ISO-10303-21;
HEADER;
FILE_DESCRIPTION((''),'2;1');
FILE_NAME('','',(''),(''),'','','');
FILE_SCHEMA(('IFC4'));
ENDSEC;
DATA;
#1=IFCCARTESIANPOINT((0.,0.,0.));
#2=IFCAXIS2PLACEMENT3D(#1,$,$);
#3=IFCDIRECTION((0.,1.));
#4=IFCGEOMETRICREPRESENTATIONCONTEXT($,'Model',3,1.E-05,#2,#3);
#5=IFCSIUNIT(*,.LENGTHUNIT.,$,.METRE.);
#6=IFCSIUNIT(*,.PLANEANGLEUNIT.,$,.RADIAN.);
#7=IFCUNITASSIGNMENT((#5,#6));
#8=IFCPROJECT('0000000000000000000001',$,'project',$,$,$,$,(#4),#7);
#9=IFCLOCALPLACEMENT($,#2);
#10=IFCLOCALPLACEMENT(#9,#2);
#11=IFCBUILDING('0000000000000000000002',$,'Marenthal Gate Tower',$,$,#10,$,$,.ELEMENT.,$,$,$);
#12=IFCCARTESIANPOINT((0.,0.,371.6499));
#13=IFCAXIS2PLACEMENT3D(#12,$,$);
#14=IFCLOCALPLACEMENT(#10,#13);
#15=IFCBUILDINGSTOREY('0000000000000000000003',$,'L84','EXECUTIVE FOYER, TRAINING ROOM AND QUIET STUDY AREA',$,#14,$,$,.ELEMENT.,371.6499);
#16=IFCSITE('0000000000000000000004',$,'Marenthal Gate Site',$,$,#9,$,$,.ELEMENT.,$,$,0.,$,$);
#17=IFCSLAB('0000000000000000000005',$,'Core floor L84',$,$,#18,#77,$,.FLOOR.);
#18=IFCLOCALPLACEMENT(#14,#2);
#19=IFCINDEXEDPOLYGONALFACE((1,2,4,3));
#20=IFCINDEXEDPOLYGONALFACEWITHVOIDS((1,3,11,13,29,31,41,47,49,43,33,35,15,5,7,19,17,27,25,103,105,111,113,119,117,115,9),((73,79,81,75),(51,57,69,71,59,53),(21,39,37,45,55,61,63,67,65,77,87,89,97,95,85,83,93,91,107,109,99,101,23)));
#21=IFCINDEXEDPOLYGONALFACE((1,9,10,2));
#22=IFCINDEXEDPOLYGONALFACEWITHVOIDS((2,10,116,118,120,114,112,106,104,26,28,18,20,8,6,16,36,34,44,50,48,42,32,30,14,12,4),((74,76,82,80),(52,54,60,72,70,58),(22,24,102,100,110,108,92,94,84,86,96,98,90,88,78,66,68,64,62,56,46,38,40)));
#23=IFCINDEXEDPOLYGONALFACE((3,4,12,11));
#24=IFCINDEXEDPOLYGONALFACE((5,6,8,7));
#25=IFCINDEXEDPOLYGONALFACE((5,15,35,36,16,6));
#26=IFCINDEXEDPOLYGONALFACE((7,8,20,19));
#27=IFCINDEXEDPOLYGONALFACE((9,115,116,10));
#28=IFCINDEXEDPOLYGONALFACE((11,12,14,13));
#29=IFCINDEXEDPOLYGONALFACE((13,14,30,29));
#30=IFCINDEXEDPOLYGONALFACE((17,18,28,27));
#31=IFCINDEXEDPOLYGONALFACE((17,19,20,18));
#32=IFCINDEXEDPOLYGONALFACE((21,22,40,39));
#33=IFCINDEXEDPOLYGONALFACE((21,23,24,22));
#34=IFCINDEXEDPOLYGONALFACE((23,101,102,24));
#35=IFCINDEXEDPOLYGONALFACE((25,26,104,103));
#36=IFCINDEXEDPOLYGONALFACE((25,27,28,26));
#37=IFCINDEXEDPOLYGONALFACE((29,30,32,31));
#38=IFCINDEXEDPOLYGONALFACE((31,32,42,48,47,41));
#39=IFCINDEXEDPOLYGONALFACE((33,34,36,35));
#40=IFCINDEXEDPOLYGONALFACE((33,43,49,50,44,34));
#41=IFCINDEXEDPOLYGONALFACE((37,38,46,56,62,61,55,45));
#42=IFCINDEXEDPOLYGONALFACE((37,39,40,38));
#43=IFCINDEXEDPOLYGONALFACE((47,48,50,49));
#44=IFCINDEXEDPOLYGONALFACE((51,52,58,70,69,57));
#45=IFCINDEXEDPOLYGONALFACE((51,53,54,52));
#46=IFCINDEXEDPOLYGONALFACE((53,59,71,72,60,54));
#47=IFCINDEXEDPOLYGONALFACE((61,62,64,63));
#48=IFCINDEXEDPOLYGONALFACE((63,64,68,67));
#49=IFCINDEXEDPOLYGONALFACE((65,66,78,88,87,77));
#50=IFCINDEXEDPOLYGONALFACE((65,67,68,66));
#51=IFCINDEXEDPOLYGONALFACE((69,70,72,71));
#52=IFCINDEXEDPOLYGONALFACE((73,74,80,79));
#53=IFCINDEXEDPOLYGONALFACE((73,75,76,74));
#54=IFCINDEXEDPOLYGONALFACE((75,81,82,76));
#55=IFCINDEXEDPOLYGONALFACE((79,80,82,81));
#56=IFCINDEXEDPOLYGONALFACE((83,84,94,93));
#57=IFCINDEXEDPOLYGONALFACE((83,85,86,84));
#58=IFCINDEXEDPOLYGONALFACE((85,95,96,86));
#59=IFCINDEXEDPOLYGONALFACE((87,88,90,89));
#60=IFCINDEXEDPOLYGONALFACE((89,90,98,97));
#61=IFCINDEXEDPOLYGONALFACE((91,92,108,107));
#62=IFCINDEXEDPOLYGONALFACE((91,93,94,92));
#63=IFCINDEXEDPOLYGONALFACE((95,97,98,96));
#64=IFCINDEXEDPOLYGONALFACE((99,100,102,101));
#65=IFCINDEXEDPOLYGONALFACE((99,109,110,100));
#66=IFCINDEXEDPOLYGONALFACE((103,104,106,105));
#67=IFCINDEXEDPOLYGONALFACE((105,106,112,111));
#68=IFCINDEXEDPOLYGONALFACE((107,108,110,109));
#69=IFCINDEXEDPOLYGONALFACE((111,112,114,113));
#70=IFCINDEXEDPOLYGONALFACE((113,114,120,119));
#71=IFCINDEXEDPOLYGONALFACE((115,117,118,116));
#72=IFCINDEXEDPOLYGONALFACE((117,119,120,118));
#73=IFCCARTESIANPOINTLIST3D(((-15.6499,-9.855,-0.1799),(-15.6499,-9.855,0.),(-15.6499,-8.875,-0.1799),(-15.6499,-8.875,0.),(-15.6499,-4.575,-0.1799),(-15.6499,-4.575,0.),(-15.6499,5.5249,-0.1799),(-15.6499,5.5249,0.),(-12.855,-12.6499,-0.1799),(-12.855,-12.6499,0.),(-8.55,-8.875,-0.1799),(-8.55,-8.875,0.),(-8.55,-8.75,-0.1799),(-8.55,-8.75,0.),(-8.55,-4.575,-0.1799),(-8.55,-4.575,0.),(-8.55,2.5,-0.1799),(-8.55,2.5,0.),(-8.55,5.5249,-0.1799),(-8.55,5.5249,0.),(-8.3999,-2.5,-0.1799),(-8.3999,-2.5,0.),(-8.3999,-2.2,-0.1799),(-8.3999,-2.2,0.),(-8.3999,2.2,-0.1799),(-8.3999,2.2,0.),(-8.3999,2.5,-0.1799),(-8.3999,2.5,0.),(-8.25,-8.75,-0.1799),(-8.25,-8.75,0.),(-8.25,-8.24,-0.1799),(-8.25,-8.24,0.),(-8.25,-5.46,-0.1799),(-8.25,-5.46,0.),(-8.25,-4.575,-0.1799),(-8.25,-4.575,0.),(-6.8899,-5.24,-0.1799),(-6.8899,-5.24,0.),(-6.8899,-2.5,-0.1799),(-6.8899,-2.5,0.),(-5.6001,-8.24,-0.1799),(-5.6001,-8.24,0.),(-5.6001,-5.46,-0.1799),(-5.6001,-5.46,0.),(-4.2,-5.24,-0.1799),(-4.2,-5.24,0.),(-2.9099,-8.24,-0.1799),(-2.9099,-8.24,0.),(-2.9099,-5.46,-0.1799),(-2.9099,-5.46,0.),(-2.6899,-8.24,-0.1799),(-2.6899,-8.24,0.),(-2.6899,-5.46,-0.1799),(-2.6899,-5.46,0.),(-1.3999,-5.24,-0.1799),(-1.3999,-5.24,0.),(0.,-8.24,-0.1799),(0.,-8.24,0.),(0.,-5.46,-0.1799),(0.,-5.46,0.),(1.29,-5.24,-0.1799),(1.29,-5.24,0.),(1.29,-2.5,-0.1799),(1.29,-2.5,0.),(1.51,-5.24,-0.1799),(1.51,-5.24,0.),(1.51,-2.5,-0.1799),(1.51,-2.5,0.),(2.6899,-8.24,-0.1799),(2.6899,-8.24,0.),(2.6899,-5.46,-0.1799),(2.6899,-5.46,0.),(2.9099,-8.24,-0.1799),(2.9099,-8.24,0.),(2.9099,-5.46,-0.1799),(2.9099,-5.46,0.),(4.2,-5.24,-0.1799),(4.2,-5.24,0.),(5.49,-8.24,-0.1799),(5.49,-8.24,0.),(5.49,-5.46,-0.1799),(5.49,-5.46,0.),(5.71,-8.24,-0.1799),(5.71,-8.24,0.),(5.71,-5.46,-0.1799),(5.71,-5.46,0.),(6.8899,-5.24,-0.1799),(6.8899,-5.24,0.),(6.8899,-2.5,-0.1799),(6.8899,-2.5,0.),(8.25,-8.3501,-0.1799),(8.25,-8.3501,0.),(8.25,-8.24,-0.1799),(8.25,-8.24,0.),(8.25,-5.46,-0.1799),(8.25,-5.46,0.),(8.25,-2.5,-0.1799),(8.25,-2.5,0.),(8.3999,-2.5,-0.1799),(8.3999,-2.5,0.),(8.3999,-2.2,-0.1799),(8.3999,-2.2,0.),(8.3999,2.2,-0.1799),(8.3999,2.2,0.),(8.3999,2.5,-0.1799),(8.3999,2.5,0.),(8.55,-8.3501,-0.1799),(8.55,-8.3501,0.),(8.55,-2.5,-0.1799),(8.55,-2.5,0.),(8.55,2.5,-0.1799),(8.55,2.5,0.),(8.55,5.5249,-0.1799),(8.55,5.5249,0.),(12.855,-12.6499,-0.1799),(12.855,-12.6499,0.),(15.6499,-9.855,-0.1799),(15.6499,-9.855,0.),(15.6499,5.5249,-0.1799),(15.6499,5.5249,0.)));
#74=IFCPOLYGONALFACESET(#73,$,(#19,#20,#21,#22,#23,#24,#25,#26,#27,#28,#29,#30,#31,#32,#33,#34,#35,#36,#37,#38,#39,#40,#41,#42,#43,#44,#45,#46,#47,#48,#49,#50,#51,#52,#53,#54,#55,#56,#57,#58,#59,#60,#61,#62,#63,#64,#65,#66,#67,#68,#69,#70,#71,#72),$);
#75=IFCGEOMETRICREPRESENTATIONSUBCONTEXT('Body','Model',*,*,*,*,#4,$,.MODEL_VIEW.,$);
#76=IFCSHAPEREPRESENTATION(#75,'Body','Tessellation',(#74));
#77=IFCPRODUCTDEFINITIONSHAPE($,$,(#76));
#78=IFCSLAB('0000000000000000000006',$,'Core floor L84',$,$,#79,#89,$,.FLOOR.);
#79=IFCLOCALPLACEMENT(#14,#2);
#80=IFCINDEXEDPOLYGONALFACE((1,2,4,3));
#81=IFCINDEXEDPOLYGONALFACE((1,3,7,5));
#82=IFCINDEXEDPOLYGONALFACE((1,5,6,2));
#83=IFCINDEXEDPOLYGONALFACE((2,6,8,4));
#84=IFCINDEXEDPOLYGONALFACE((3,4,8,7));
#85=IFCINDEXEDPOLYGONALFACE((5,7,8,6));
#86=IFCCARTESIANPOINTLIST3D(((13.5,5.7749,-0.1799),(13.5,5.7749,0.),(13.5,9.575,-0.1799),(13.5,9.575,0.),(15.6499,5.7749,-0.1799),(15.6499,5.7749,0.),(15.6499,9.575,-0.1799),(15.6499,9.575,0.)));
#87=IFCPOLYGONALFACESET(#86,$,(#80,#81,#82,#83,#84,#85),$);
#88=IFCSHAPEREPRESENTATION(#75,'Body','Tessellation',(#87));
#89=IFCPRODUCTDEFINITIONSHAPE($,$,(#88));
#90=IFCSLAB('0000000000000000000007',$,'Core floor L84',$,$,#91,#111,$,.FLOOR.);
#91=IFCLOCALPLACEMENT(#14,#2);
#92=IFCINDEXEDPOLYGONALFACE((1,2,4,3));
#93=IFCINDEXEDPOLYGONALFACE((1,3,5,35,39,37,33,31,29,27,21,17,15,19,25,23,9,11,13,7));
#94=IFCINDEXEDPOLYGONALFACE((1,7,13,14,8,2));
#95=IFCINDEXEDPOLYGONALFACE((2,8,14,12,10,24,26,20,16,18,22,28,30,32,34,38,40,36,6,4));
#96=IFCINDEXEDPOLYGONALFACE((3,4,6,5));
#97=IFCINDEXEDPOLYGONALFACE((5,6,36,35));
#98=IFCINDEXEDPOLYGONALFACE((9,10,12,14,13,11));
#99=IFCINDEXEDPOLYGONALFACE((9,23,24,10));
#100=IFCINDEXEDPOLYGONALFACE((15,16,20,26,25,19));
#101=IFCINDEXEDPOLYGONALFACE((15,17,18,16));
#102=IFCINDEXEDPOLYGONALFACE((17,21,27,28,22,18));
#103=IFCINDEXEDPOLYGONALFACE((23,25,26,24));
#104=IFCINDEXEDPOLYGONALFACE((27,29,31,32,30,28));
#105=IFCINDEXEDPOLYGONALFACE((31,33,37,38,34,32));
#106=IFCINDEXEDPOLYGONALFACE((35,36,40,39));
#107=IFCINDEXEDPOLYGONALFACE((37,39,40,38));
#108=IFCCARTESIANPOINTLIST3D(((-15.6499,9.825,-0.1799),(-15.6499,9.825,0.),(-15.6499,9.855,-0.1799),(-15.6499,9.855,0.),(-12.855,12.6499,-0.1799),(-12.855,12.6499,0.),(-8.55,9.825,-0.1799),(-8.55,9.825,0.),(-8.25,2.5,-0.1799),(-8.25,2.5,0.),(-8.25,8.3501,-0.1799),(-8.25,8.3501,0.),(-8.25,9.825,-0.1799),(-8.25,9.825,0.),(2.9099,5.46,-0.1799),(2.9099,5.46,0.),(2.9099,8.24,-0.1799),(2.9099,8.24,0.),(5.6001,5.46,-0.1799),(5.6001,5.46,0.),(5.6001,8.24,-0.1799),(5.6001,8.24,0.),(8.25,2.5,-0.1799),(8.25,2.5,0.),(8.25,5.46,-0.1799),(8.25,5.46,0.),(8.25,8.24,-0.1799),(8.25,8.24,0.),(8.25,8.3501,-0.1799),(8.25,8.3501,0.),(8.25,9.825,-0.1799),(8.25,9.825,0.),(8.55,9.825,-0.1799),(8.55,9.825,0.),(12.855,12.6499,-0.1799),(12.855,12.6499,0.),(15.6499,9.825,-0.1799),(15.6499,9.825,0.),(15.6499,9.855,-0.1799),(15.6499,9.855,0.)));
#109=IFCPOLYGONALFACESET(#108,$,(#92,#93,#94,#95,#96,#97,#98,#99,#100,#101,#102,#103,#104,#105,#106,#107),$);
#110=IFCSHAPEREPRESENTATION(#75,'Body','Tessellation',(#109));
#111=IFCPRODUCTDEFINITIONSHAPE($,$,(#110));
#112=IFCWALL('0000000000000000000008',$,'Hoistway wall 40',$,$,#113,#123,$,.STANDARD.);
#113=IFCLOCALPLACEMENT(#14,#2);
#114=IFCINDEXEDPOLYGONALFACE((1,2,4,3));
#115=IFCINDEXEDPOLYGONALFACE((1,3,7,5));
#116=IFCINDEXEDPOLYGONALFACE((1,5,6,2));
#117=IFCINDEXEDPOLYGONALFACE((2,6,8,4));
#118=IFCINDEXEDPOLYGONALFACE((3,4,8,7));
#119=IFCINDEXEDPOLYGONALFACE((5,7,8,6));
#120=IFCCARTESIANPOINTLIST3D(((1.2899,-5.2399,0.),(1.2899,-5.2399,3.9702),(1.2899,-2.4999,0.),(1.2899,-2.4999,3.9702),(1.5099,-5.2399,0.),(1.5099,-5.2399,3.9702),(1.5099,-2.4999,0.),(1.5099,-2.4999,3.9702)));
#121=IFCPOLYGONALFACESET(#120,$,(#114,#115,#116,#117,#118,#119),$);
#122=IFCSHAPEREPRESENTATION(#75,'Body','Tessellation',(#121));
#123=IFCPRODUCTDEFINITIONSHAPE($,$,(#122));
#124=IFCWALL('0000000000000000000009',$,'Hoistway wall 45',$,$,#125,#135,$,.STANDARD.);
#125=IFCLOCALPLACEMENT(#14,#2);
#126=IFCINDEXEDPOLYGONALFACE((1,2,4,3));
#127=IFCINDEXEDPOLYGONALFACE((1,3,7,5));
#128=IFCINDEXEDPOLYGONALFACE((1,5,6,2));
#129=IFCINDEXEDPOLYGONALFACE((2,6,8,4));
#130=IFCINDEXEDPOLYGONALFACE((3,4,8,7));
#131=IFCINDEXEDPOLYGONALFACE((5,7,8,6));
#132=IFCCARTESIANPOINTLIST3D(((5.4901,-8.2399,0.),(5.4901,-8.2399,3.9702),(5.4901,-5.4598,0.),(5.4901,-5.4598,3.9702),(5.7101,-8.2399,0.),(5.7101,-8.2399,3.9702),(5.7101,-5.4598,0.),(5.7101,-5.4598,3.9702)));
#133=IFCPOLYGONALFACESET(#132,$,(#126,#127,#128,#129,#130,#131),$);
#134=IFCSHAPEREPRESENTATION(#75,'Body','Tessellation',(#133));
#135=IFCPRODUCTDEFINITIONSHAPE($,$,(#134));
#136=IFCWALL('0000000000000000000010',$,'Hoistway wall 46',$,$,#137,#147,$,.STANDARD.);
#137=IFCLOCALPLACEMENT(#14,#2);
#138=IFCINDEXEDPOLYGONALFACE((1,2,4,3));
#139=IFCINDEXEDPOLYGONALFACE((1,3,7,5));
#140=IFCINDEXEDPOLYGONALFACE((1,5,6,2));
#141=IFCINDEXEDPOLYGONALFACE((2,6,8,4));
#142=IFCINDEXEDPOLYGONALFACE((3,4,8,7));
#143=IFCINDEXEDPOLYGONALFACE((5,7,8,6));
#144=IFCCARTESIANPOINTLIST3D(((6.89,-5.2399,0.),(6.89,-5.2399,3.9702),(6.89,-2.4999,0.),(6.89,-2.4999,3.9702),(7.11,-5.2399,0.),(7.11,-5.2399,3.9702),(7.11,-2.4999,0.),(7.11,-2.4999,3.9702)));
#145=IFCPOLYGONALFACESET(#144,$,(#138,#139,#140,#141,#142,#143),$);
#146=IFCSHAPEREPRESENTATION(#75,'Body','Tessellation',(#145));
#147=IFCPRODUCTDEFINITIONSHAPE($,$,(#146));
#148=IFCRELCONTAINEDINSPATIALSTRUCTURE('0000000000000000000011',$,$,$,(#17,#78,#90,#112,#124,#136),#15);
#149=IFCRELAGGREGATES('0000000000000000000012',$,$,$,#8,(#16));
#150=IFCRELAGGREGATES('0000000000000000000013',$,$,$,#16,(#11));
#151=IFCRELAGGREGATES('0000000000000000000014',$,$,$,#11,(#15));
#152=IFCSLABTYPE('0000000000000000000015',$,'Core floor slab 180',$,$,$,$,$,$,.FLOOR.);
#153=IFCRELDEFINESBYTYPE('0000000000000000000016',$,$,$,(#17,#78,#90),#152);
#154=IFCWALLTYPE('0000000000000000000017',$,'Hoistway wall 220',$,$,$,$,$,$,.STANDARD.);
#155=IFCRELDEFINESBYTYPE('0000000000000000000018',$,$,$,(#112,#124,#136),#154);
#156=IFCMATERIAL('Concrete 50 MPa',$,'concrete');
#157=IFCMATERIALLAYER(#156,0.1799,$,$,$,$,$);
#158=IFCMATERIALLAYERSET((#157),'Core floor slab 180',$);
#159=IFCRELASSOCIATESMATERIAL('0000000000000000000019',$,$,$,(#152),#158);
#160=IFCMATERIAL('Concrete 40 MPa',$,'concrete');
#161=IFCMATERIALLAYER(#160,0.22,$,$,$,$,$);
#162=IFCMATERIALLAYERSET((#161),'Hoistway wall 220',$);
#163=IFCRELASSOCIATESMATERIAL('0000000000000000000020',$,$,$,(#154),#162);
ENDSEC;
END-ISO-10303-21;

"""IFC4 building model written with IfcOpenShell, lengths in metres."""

from ifc_helpers import new_model, si_unit, direction, frame, frame_2d, origin, place, context, subcontext, project, spatial, polyline, rectangle, outline, extrude, material, layer, layer_set, type_object, element, save


model = new_model("IFC4")

# Units and contexts
model_context = context("Model", 3, precision=1e-05, world=origin(), true_north=direction((0.0, 1.0)))
body_context = subcontext(model_context, "Body", "Model", "MODEL_VIEW")
ifc_project = project(units=[si_unit("LENGTHUNIT", "METRE"), si_unit("PLANEANGLEUNIT", "RADIAN")], contexts=[model_context])

# Site, building, storey
site_placement = place(None, origin())
site = spatial("IfcSite", under=ifc_project, at=site_placement, Name="Marenthal Gate Site", CompositionType="ELEMENT", RefElevation=0.0)
building_placement = place(site_placement, origin())
building = spatial("IfcBuilding", under=site, at=building_placement, Name="Marenthal Gate Tower", CompositionType="ELEMENT")
storey_placement = place(building_placement, frame((0.0, 0.0, 371.6499)))
storey = spatial("IfcBuildingStorey", under=building, at=storey_placement, Name="L84", Description="EXECUTIVE FOYER, TRAINING ROOM AND QUIET STUDY AREA", CompositionType="ELEMENT", Elevation=371.6499)

# Slabs
ifc_material_1 = material(Name="Concrete 50 MPa", Category="concrete")
ifc_layer_1 = layer(ifc_material_1, 0.1799)
ifc_layer_set_1 = layer_set([ifc_layer_1], Name="Core floor slab 180")
slab_type_1 = type_object("IfcSlabType", Name="Core floor slab 180", PredefinedType="FLOOR", material=ifc_layer_set_1)
slab_1_placement = place(storey_placement, frame((0.0, 0.0, -0.1799)))
element("IfcSlab", 1, at=slab_1_placement, inside=storey, type_object=slab_type_1, Name="Core floor L84", PredefinedType="FLOOR", context=body_context, shape_type="SweptSolid", body=[
    extrude(outline(polyline([(12.855, -12.6499), (-12.855, -12.6499), (-15.6499, -9.855), (-15.6499, -8.875), (-8.55, -8.875), (-8.55, -8.75), (-8.25, -8.75), (-8.25, -8.24), (-5.6001, -8.24), (-2.9099, -8.24), (-2.9099, -5.46), (-5.6001, -5.46), (-8.25, -5.46), (-8.25, -4.575), (-8.55, -4.575), (-15.6499, -4.575), (-15.6499, 5.5249), (-8.55, 5.5249), (-8.55, 2.5), (-8.3999, 2.5), (-8.3999, 2.2), (8.3999, 2.2), (8.3999, 2.5), (8.55, 2.5), (8.55, 5.5249), (15.6499, 5.5249), (15.6499, -9.855), (12.855, -12.6499)]), holes=[polyline([(0.0, -8.24), (2.6899, -8.24), (2.6899, -5.46), (0.0, -5.46), (-2.6899, -5.46), (-2.6899, -8.24), (0.0, -8.24)]), polyline([(1.29, -5.24), (1.29, -2.5), (1.51, -2.5), (1.51, -5.24), (4.2, -5.24), (6.8899, -5.24), (6.8899, -2.5), (8.25, -2.5), (8.25, -5.46), (5.71, -5.46), (5.71, -8.24), (8.25, -8.24), (8.25, -8.3501), (8.55, -8.3501), (8.55, -2.5), (8.3999, -2.5), (8.3999, -2.2), (-8.3999, -2.2), (-8.3999, -2.5), (-6.8899, -2.5), (-6.8899, -5.24), (-4.2, -5.24), (-1.3999, -5.24), (1.29, -5.24)]), polyline([(5.49, -5.46), (2.9099, -5.46), (2.9099, -8.24), (5.49, -8.24), (5.49, -5.46)])]), origin(), (0.0, 0.0, 1.0), 0.1799),
])
slab_2_placement = place(storey_placement, frame((0.0, 0.0, -0.1799)))
element("IfcSlab", 2, at=slab_2_placement, inside=storey, type_object=slab_type_1, Name="Core floor L84", PredefinedType="FLOOR", context=body_context, shape_type="SweptSolid", body=[
    extrude(outline(polyline([(15.6499, 5.7749), (13.5, 5.7749), (13.5, 9.575), (15.6499, 9.575), (15.6499, 5.7749)])), origin(), (0.0, 0.0, 1.0), 0.1799),
])
slab_3_placement = place(storey_placement, frame((0.0, 0.0, -0.1799)))
element("IfcSlab", 3, at=slab_3_placement, inside=storey, type_object=slab_type_1, Name="Core floor L84", PredefinedType="FLOOR", context=body_context, shape_type="SweptSolid", body=[
    extrude(outline(polyline([(15.6499, 9.825), (8.55, 9.825), (8.25, 9.825), (8.25, 8.3501), (8.25, 8.24), (5.6001, 8.24), (2.9099, 8.24), (2.9099, 5.46), (5.6001, 5.46), (8.25, 5.46), (8.25, 2.5), (-8.25, 2.5), (-8.25, 8.3501), (-8.25, 9.825), (-8.55, 9.825), (-15.6499, 9.825), (-15.6499, 9.855), (-12.855, 12.6499), (12.855, 12.6499), (15.6499, 9.855), (15.6499, 9.825)])), origin(), (0.0, 0.0, 1.0), 0.1799),
])

# Walls
ifc_material_2 = material(Name="Concrete 40 MPa", Category="concrete")
ifc_layer_2 = layer(ifc_material_2, 0.22)
ifc_layer_set_2 = layer_set([ifc_layer_2], Name="Hoistway wall 220")
wall_type_1 = type_object("IfcWallType", Name="Hoistway wall 220", PredefinedType="STANDARD", material=ifc_layer_set_2)
wall_1_placement = place(storey_placement, frame((1.3999, -5.24, 0.0), z_axis=(0.0, 0.0, 1.0), x_axis=(0.0, 1.0, 0.0)))
element("IfcWall", 4, at=wall_1_placement, inside=storey, type_object=wall_type_1, Name="Hoistway wall 40", PredefinedType="STANDARD", context=body_context, shape_type="SweptSolid", body=[
    extrude(rectangle(XDim=2.74, YDim=0.22, at=frame_2d((1.3701, 0.0))), origin(), (0.0, 0.0, 1.0), 3.9702),
])
wall_2_placement = place(storey_placement, frame((5.6001, -8.24, 0.0), z_axis=(0.0, 0.0, 1.0), x_axis=(0.0, 1.0, 0.0)))
element("IfcWall", 5, at=wall_2_placement, inside=storey, type_object=wall_type_1, Name="Hoistway wall 45", PredefinedType="STANDARD", context=body_context, shape_type="SweptSolid", body=[
    extrude(rectangle(XDim=2.78, YDim=0.22, at=frame_2d((1.3901, 0.0))), origin(), (0.0, 0.0, 1.0), 3.9702),
])
wall_3_placement = place(storey_placement, frame((7.0, -5.24, 0.0), z_axis=(0.0, 0.0, 1.0), x_axis=(0.0, 1.0, 0.0)))
element("IfcWall", 6, at=wall_3_placement, inside=storey, type_object=wall_type_1, Name="Hoistway wall 46", PredefinedType="STANDARD", context=body_context, shape_type="SweptSolid", body=[
    extrude(rectangle(XDim=2.74, YDim=0.22, at=frame_2d((1.3701, 0.0))), origin(), (0.0, 0.0, 1.0), 3.9702),
])

save(model, "model.ifc")
